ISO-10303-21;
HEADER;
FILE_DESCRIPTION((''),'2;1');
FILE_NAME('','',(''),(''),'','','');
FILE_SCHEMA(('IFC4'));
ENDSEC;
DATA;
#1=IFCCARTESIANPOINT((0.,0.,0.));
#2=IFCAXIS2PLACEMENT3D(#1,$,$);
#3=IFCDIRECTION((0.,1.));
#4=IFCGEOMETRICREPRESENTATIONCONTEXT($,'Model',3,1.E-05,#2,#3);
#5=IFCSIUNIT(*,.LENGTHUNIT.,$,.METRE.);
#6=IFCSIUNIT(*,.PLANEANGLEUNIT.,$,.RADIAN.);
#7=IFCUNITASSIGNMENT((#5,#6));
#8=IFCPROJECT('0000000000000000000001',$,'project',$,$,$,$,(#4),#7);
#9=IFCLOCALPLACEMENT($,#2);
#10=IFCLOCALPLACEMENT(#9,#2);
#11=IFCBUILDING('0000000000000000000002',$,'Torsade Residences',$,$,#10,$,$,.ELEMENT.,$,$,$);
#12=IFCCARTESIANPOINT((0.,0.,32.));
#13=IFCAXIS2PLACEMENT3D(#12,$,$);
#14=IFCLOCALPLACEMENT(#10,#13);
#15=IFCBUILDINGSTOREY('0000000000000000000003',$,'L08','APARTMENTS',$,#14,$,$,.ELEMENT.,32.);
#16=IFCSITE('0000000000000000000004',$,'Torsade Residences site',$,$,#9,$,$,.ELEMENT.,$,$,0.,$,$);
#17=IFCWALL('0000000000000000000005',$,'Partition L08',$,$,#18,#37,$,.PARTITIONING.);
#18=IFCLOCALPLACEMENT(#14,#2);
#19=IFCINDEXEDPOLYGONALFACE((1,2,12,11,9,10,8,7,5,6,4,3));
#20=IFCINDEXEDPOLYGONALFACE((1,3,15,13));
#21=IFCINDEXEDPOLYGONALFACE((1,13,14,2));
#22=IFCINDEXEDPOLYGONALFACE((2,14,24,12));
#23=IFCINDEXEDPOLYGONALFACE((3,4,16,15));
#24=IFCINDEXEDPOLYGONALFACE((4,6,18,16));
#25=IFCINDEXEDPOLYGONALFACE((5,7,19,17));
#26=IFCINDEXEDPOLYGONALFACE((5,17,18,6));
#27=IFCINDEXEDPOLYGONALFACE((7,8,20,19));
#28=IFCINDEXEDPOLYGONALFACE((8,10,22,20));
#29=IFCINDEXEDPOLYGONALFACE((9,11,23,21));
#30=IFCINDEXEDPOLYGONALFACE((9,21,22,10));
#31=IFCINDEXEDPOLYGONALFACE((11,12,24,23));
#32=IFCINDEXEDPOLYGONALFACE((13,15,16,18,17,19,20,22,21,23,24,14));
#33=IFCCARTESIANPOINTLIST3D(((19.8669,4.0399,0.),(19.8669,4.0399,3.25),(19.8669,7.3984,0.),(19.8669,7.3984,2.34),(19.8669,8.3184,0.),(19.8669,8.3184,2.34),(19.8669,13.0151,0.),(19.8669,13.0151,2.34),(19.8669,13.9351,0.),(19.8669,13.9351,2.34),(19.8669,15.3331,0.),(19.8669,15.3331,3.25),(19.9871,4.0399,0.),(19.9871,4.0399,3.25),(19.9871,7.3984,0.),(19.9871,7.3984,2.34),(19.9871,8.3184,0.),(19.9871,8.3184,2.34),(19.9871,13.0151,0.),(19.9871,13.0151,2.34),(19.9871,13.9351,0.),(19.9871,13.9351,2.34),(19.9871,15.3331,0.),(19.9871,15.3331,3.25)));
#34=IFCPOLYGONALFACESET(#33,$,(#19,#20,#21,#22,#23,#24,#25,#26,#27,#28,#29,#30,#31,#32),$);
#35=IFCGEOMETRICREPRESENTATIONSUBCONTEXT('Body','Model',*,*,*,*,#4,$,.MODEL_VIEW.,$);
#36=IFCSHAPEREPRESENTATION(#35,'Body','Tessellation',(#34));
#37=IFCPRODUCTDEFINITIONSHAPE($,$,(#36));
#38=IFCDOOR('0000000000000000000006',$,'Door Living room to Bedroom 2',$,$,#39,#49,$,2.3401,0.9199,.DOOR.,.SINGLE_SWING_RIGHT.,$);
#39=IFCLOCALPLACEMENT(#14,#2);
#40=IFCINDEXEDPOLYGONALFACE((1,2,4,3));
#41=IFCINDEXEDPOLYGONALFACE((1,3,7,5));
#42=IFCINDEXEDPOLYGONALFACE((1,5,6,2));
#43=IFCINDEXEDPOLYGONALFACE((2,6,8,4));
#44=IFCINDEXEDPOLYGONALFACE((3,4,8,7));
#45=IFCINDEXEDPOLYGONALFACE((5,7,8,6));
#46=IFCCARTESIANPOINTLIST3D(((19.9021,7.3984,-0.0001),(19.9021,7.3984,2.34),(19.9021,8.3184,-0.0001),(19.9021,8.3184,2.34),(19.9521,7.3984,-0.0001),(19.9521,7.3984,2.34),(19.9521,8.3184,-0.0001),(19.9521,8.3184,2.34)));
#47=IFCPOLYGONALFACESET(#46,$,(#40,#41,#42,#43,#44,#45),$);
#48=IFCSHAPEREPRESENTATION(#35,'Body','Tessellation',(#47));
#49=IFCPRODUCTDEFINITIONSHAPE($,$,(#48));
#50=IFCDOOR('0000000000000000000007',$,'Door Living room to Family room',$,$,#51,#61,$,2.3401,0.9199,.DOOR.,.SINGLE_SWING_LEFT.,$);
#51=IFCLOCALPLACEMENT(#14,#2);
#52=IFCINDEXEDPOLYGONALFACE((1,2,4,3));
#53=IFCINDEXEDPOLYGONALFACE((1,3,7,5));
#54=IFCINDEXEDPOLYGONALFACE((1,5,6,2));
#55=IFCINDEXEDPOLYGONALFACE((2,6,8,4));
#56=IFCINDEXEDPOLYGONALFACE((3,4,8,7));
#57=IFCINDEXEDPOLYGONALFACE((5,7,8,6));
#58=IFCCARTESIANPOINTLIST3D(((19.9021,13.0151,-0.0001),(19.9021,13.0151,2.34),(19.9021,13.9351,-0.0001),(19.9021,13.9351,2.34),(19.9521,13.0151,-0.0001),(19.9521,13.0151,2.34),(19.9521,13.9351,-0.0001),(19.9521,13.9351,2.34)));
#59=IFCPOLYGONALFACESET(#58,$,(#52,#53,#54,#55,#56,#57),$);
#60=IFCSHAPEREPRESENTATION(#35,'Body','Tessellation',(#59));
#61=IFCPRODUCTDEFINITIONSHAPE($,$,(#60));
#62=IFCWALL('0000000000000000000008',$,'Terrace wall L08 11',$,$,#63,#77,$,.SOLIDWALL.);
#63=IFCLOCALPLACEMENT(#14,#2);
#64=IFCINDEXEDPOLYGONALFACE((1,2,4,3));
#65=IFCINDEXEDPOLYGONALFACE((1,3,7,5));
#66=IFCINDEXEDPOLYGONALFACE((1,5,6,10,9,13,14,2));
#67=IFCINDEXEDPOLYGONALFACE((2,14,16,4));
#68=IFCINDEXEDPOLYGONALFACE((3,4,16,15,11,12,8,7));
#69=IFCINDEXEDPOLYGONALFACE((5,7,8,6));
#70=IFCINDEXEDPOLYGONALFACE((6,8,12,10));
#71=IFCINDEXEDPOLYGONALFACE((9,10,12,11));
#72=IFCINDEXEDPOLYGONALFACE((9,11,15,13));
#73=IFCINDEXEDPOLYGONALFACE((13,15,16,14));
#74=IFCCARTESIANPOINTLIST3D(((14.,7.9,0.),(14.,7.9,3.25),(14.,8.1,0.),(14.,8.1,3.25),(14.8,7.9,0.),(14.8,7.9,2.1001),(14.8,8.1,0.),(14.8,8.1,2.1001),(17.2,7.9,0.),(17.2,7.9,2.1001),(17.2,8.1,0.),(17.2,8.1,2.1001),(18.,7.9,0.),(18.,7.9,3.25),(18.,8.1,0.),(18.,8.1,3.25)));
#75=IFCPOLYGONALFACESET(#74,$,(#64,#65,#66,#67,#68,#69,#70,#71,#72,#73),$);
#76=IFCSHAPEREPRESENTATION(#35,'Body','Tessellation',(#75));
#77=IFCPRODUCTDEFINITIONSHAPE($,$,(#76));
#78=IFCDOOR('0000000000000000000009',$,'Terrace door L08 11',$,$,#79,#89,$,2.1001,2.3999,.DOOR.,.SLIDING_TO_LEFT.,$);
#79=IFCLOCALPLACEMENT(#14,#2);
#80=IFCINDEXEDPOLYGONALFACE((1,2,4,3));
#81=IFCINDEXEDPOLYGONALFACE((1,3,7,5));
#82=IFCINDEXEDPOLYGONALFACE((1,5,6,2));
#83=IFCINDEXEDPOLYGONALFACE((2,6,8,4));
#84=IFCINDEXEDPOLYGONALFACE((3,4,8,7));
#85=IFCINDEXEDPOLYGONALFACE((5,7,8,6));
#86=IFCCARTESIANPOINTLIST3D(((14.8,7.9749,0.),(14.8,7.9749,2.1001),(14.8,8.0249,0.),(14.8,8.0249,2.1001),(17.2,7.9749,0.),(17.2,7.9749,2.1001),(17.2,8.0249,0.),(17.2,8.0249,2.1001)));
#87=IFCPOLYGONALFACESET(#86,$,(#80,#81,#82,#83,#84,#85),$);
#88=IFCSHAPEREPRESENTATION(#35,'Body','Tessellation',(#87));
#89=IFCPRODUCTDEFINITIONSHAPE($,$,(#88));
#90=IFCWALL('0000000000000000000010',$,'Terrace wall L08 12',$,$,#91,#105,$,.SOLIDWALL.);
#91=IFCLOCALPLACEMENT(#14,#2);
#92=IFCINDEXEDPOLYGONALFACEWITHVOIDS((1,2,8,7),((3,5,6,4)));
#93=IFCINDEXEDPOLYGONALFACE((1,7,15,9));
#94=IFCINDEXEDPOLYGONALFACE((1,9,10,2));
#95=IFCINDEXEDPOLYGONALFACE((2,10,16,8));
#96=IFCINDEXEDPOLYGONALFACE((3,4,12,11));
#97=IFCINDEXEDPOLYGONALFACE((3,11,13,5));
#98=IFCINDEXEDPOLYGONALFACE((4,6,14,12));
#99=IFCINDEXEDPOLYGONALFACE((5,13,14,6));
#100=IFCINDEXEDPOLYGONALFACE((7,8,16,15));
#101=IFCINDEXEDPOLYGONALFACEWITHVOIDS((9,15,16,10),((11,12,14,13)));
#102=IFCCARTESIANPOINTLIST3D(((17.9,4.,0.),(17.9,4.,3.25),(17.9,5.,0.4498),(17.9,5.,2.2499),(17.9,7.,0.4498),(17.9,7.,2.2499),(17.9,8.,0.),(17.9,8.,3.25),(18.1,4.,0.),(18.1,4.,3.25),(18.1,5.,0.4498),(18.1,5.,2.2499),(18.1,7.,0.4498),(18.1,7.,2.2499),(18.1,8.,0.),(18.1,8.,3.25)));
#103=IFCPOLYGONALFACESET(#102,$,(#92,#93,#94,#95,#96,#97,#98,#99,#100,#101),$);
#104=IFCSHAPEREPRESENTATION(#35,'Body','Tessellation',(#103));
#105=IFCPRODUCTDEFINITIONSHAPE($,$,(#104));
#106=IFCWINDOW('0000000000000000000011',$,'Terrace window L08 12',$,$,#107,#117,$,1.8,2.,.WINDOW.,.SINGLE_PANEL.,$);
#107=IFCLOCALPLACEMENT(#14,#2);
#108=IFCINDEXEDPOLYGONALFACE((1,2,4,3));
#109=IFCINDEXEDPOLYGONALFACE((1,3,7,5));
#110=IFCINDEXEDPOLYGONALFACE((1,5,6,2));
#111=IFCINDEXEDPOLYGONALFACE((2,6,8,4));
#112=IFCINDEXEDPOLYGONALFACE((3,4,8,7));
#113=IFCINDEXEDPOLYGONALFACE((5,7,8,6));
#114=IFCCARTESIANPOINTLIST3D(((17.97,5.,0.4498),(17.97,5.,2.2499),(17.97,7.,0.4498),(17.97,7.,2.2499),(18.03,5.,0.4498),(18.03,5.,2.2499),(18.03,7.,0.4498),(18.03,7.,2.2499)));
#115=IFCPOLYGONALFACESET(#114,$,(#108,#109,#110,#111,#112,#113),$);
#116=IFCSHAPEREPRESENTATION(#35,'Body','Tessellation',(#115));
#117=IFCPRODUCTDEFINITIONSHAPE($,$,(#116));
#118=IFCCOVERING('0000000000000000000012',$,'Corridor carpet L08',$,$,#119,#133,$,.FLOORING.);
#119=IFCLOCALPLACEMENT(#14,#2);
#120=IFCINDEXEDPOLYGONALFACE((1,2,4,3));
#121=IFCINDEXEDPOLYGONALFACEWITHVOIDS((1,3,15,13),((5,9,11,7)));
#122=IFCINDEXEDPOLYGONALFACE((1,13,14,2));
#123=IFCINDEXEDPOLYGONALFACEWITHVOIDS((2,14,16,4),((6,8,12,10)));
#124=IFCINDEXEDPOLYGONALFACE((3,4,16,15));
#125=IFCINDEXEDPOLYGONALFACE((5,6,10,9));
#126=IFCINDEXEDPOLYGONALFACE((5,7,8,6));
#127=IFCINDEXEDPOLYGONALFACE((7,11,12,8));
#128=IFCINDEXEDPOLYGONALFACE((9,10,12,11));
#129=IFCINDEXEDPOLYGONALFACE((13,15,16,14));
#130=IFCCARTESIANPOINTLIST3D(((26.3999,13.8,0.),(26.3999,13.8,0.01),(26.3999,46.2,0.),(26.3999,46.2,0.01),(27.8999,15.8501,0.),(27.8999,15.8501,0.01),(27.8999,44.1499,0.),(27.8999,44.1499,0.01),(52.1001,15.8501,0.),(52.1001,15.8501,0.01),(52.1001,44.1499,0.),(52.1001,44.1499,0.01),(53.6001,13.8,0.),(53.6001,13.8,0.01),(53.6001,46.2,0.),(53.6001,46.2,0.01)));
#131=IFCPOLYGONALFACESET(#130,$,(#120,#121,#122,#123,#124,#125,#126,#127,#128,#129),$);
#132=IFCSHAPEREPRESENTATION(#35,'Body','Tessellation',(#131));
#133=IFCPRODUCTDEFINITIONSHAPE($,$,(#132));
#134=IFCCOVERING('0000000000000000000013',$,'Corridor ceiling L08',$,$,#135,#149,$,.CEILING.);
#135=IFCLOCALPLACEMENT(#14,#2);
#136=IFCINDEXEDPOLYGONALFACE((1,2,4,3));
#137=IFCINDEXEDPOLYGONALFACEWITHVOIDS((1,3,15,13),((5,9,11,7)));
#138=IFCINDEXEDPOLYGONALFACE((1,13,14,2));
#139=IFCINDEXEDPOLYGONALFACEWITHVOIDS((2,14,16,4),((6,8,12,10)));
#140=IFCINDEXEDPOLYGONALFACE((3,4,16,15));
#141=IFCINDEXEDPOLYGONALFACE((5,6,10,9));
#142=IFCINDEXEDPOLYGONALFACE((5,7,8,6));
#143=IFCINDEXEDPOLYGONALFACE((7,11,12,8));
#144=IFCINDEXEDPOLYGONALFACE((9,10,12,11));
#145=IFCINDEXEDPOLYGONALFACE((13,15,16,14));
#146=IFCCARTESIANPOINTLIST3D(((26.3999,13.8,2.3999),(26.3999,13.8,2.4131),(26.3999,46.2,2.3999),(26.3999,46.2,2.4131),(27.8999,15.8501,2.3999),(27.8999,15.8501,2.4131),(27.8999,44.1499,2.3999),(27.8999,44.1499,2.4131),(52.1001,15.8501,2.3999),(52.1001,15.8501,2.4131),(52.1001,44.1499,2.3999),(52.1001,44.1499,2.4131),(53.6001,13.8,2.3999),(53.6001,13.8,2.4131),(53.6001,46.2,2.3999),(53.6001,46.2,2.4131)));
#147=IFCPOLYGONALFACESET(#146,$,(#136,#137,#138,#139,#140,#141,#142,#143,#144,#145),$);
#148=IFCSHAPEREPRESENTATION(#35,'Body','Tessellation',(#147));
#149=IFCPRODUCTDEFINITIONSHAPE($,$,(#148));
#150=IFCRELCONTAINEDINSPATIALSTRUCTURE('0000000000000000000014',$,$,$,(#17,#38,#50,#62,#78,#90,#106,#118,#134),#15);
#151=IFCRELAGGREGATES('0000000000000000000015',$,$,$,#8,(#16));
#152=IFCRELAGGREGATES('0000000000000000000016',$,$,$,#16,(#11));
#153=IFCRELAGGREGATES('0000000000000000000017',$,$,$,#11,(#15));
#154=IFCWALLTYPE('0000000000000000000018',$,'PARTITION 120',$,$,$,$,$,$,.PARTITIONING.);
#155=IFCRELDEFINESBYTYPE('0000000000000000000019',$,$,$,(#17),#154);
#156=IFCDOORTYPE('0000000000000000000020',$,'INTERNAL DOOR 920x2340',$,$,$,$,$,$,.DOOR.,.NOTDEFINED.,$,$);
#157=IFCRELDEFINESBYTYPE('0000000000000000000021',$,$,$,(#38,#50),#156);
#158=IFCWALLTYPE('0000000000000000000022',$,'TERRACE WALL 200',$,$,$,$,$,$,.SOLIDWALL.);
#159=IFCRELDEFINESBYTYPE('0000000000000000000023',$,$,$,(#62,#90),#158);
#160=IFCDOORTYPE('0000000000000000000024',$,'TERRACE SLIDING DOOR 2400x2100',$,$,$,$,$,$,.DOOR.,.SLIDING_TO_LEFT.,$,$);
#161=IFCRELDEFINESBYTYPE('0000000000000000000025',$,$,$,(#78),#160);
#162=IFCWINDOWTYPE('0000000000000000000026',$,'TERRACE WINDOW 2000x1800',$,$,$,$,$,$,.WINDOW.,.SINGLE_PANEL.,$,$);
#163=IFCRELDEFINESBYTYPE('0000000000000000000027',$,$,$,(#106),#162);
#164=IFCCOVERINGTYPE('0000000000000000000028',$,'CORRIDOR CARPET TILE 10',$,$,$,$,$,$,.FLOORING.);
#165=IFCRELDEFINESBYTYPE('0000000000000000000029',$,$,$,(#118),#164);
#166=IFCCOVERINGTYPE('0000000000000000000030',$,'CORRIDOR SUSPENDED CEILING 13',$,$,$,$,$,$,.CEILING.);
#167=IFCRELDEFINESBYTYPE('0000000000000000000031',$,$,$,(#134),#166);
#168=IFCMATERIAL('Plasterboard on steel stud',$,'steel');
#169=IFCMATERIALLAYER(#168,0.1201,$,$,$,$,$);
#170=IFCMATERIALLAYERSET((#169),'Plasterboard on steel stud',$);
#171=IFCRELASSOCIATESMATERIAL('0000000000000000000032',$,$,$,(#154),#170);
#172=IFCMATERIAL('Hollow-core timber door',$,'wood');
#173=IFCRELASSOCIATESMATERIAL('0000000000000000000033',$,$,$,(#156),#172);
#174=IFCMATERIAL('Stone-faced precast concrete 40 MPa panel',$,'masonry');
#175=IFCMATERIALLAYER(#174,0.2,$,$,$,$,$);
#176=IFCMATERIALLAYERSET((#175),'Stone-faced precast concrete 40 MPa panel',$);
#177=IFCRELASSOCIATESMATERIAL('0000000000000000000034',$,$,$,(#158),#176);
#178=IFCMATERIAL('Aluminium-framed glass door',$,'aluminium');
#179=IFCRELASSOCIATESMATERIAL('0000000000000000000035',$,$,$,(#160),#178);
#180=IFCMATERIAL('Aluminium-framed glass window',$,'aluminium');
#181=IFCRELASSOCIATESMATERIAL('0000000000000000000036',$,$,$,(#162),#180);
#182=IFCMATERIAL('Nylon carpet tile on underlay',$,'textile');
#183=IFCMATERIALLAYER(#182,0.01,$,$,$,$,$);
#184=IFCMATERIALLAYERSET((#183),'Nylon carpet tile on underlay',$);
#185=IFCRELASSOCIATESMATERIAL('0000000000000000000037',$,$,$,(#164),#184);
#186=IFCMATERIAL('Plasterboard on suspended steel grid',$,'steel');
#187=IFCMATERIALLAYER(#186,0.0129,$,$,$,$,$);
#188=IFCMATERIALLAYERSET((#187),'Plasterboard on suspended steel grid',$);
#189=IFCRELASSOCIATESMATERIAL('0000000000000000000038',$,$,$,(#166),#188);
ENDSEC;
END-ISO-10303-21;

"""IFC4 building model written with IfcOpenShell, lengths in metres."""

from ifc_helpers import new_model, si_unit, direction, frame, frame_2d, origin, place, context, subcontext, project, spatial, polyline, rectangle, outline, extrude, material, layer, layer_set, type_object, element, fill, save


model = new_model("IFC4")

# Units and contexts
model_context = context("Model", 3, precision=1e-05, world=origin(), true_north=direction((0.0, 1.0)))
body_context = subcontext(model_context, "Body", "Model", "MODEL_VIEW")
ifc_project = project(units=[si_unit("LENGTHUNIT", "METRE"), si_unit("PLANEANGLEUNIT", "RADIAN")], contexts=[model_context])

# Site, building, storey
site_placement = place(None, origin())
site = spatial("IfcSite", under=ifc_project, at=site_placement, Name="Torsade Residences site", CompositionType="ELEMENT", RefElevation=0.0)
building_placement = place(site_placement, origin())
building = spatial("IfcBuilding", under=site, at=building_placement, Name="Torsade Residences", CompositionType="ELEMENT")
storey_placement = place(building_placement, frame((0.0, 0.0, 32.0)))
storey = spatial("IfcBuildingStorey", under=building, at=storey_placement, Name="L08", Description="APARTMENTS", CompositionType="ELEMENT", Elevation=32.0)

# Wall, openings, doors
ifc_material_1 = material(Name="Plasterboard on steel stud", Category="steel")
ifc_layer_1 = layer(ifc_material_1, 0.1201)
ifc_layer_set_1 = layer_set([ifc_layer_1], Name="Plasterboard on steel stud")
wall_type_1 = type_object("IfcWallType", Name="PARTITION 120", PredefinedType="PARTITIONING", material=ifc_layer_set_1)
wall_1_placement = place(storey_placement, frame((19.927, 4.04, 0.0), z_axis=(0.0, 0.0, 1.0), x_axis=(0.0, 1.0, 0.0)))
wall_1 = element("IfcWall", 1, at=wall_1_placement, inside=storey, type_object=wall_type_1, Name="Partition L08", PredefinedType="PARTITIONING", context=body_context, shape_type="SweptSolid", body=[
    extrude(rectangle(XDim=11.2932, YDim=0.1201, at=frame_2d((5.6465, 0.0))), origin(), (0.0, 0.0, 1.0), 3.25),
])
opening_1_placement = place(wall_1_placement, frame((3.3584, 0.0, 0.0)))
opening_1 = element("IfcOpeningElement", 2, at=opening_1_placement, cuts=wall_1, PredefinedType="OPENING", context=body_context, shape_type="SweptSolid", body=[
    extrude(rectangle(XDim=0.9199, YDim=2.3401, at=frame_2d((0.46, 1.1699))), frame((0.0, 0.0701, 0.0), z_axis=(0.0, -1.0, 0.0), x_axis=(1.0, 0.0, 0.0)), (0.0, 0.0, 1.0), 0.1401),
])
opening_2_placement = place(wall_1_placement, frame((8.9751, 0.0, 0.0)))
opening_2 = element("IfcOpeningElement", 3, at=opening_2_placement, cuts=wall_1, PredefinedType="OPENING", context=body_context, shape_type="SweptSolid", body=[
    extrude(rectangle(XDim=0.9199, YDim=2.3401, at=frame_2d((0.46, 1.1699))), frame((0.0, 0.0701, 0.0), z_axis=(0.0, -1.0, 0.0), x_axis=(1.0, 0.0, 0.0)), (0.0, 0.0, 1.0), 0.1401),
])
ifc_material_2 = material(Name="Hollow-core timber door", Category="wood")
door_type_1 = type_object("IfcDoorType", Name="INTERNAL DOOR 920x2340", OperationType="NOTDEFINED", PredefinedType="DOOR", material=ifc_material_2)
door_1_placement = place(opening_1_placement, origin())
door_1 = element("IfcDoor", 4, at=door_1_placement, inside=storey, type_object=door_type_1, Name="Door Living room to Bedroom 2", OperationType="SINGLE_SWING_RIGHT", OverallHeight=2.3401, OverallWidth=0.9199, PredefinedType="DOOR", context=body_context, shape_type="SweptSolid", body=[
    extrude(rectangle(XDim=0.9199, YDim=2.3401, at=frame_2d((0.46, 1.1699))), frame((0.0, 0.0249, 0.0), z_axis=(0.0, -1.0, 0.0), x_axis=(1.0, 0.0, 0.0)), (0.0, 0.0, 1.0), 0.05),
])
fill(opening_1, door_1)
door_2_placement = place(opening_2_placement, origin())
door_2 = element("IfcDoor", 5, at=door_2_placement, inside=storey, type_object=door_type_1, Name="Door Living room to Family room", OperationType="SINGLE_SWING_LEFT", OverallHeight=2.3401, OverallWidth=0.9199, PredefinedType="DOOR", context=body_context, shape_type="SweptSolid", body=[
    extrude(rectangle(XDim=0.9199, YDim=2.3401, at=frame_2d((0.46, 1.1699))), frame((0.0, 0.0249, 0.0), z_axis=(0.0, -1.0, 0.0), x_axis=(1.0, 0.0, 0.0)), (0.0, 0.0, 1.0), 0.05),
])
fill(opening_2, door_2)

# Wall, opening, door
ifc_material_3 = material(Name="Stone-faced precast concrete 40 MPa panel", Category="masonry")
ifc_layer_2 = layer(ifc_material_3, 0.2)
ifc_layer_set_2 = layer_set([ifc_layer_2], Name="Stone-faced precast concrete 40 MPa panel")
wall_type_2 = type_object("IfcWallType", Name="TERRACE WALL 200", PredefinedType="SOLIDWALL", material=ifc_layer_set_2)
wall_2_placement = place(storey_placement, frame((14.0, 8.0, 0.0), z_axis=(0.0, 0.0, 1.0), x_axis=(1.0, 0.0, 0.0)))
wall_2 = element("IfcWall", 6, at=wall_2_placement, inside=storey, type_object=wall_type_2, Name="Terrace wall L08 11", PredefinedType="SOLIDWALL", context=body_context, shape_type="SweptSolid", body=[
    extrude(rectangle(XDim=4.0, YDim=0.2, at=frame_2d((2.0, 0.0))), origin(), (0.0, 0.0, 1.0), 3.25),
])
opening_3_placement = place(wall_2_placement, frame((0.8, 0.0, 0.0)))
opening_3 = element("IfcOpeningElement", 7, at=opening_3_placement, cuts=wall_2, PredefinedType="OPENING", context=body_context, shape_type="SweptSolid", body=[
    extrude(rectangle(XDim=2.3999, YDim=2.1001, at=frame_2d((1.2, 1.05))), frame((0.0, 0.1099, 0.0), z_axis=(0.0, -1.0, 0.0), x_axis=(1.0, 0.0, 0.0)), (0.0, 0.0, 1.0), 0.22),
])
ifc_material_4 = material(Name="Aluminium-framed glass door", Category="aluminium")
door_type_2 = type_object("IfcDoorType", Name="TERRACE SLIDING DOOR 2400x2100", OperationType="SLIDING_TO_LEFT", PredefinedType="DOOR", material=ifc_material_4)
door_3_placement = place(opening_3_placement, origin())
door_3 = element("IfcDoor", 8, at=door_3_placement, inside=storey, type_object=door_type_2, Name="Terrace door L08 11", OperationType="SLIDING_TO_LEFT", OverallHeight=2.1001, OverallWidth=2.3999, PredefinedType="DOOR", context=body_context, shape_type="SweptSolid", body=[
    extrude(rectangle(XDim=2.3999, YDim=2.1001, at=frame_2d((1.2, 1.05))), frame((0.0, 0.0249, 0.0), z_axis=(0.0, -1.0, 0.0), x_axis=(1.0, 0.0, 0.0)), (0.0, 0.0, 1.0), 0.05),
])
fill(opening_3, door_3)

# Wall, opening, window
wall_3_placement = place(storey_placement, frame((18.0, 8.0, 0.0), z_axis=(0.0, 0.0, 1.0), x_axis=(0.0, -1.0, 0.0)))
wall_3 = element("IfcWall", 9, at=wall_3_placement, inside=storey, type_object=wall_type_2, Name="Terrace wall L08 12", PredefinedType="SOLIDWALL", context=body_context, shape_type="SweptSolid", body=[
    extrude(rectangle(XDim=4.0, YDim=0.2, at=frame_2d((2.0, 0.0))), origin(), (0.0, 0.0, 1.0), 3.25),
])
opening_4_placement = place(wall_3_placement, frame((1.0, 0.0, 0.45)))
opening_4 = element("IfcOpeningElement", 10, at=opening_4_placement, cuts=wall_3, PredefinedType="OPENING", context=body_context, shape_type="SweptSolid", body=[
    extrude(rectangle(XDim=2.0, YDim=1.8, at=frame_2d((1.0, 0.8999))), frame((0.0, 0.1099, 0.0), z_axis=(0.0, -1.0, 0.0), x_axis=(1.0, 0.0, 0.0)), (0.0, 0.0, 1.0), 0.22),
])
ifc_material_5 = material(Name="Aluminium-framed glass window", Category="aluminium")
window_type = type_object("IfcWindowType", Name="TERRACE WINDOW 2000x1800", PartitioningType="SINGLE_PANEL", PredefinedType="WINDOW", material=ifc_material_5)
window_placement = place(opening_4_placement, origin())
window = element("IfcWindow", 11, at=window_placement, inside=storey, type_object=window_type, Name="Terrace window L08 12", OverallHeight=1.8, OverallWidth=2.0, PartitioningType="SINGLE_PANEL", PredefinedType="WINDOW", context=body_context, shape_type="SweptSolid", body=[
    extrude(rectangle(XDim=2.0, YDim=1.8, at=frame_2d((1.0, 0.8999))), frame((0.0, 0.03, 0.0), z_axis=(0.0, -1.0, 0.0), x_axis=(1.0, 0.0, 0.0)), (0.0, 0.0, 1.0), 0.0601),
])
fill(opening_4, window)

# Coverings
ifc_material_6 = material(Name="Nylon carpet tile on underlay", Category="textile")
ifc_layer_3 = layer(ifc_material_6, 0.01)
ifc_layer_set_3 = layer_set([ifc_layer_3], Name="Nylon carpet tile on underlay")
covering_type_1 = type_object("IfcCoveringType", Name="CORRIDOR CARPET TILE 10", PredefinedType="FLOORING", material=ifc_layer_set_3)
covering_1_placement = place(storey_placement, origin())
element("IfcCovering", 12, at=covering_1_placement, inside=storey, type_object=covering_type_1, Name="Corridor carpet L08", PredefinedType="FLOORING", context=body_context, shape_type="SweptSolid", body=[
    extrude(outline(polyline([(26.3999, 46.2), (26.3999, 13.8), (53.6001, 13.8), (53.6001, 46.2), (26.3999, 46.2)]), holes=[polyline([(52.1001, 44.1499), (27.8999, 44.1499), (27.8999, 15.8501), (52.1001, 15.8501), (52.1001, 44.1499)])]), origin(), (0.0, 0.0, 1.0), 0.01),
])
ifc_material_7 = material(Name="Plasterboard on suspended steel grid", Category="steel")
ifc_layer_4 = layer(ifc_material_7, 0.0129)
ifc_layer_set_4 = layer_set([ifc_layer_4], Name="Plasterboard on suspended steel grid")
covering_type_2 = type_object("IfcCoveringType", Name="CORRIDOR SUSPENDED CEILING 13", PredefinedType="CEILING", material=ifc_layer_set_4)
covering_2_placement = place(storey_placement, frame((0.0, 0.0, 2.3999)))
element("IfcCovering", 13, at=covering_2_placement, inside=storey, type_object=covering_type_2, Name="Corridor ceiling L08", PredefinedType="CEILING", context=body_context, shape_type="SweptSolid", body=[
    extrude(outline(polyline([(26.3999, 46.2), (26.3999, 13.8), (53.6001, 13.8), (53.6001, 46.2), (26.3999, 46.2)]), holes=[polyline([(52.1001, 44.1499), (27.8999, 44.1499), (27.8999, 15.8501), (52.1001, 15.8501), (52.1001, 44.1499)])]), origin(), (0.0, 0.0, 1.0), 0.0132),
])

save(model, "model.ifc")
